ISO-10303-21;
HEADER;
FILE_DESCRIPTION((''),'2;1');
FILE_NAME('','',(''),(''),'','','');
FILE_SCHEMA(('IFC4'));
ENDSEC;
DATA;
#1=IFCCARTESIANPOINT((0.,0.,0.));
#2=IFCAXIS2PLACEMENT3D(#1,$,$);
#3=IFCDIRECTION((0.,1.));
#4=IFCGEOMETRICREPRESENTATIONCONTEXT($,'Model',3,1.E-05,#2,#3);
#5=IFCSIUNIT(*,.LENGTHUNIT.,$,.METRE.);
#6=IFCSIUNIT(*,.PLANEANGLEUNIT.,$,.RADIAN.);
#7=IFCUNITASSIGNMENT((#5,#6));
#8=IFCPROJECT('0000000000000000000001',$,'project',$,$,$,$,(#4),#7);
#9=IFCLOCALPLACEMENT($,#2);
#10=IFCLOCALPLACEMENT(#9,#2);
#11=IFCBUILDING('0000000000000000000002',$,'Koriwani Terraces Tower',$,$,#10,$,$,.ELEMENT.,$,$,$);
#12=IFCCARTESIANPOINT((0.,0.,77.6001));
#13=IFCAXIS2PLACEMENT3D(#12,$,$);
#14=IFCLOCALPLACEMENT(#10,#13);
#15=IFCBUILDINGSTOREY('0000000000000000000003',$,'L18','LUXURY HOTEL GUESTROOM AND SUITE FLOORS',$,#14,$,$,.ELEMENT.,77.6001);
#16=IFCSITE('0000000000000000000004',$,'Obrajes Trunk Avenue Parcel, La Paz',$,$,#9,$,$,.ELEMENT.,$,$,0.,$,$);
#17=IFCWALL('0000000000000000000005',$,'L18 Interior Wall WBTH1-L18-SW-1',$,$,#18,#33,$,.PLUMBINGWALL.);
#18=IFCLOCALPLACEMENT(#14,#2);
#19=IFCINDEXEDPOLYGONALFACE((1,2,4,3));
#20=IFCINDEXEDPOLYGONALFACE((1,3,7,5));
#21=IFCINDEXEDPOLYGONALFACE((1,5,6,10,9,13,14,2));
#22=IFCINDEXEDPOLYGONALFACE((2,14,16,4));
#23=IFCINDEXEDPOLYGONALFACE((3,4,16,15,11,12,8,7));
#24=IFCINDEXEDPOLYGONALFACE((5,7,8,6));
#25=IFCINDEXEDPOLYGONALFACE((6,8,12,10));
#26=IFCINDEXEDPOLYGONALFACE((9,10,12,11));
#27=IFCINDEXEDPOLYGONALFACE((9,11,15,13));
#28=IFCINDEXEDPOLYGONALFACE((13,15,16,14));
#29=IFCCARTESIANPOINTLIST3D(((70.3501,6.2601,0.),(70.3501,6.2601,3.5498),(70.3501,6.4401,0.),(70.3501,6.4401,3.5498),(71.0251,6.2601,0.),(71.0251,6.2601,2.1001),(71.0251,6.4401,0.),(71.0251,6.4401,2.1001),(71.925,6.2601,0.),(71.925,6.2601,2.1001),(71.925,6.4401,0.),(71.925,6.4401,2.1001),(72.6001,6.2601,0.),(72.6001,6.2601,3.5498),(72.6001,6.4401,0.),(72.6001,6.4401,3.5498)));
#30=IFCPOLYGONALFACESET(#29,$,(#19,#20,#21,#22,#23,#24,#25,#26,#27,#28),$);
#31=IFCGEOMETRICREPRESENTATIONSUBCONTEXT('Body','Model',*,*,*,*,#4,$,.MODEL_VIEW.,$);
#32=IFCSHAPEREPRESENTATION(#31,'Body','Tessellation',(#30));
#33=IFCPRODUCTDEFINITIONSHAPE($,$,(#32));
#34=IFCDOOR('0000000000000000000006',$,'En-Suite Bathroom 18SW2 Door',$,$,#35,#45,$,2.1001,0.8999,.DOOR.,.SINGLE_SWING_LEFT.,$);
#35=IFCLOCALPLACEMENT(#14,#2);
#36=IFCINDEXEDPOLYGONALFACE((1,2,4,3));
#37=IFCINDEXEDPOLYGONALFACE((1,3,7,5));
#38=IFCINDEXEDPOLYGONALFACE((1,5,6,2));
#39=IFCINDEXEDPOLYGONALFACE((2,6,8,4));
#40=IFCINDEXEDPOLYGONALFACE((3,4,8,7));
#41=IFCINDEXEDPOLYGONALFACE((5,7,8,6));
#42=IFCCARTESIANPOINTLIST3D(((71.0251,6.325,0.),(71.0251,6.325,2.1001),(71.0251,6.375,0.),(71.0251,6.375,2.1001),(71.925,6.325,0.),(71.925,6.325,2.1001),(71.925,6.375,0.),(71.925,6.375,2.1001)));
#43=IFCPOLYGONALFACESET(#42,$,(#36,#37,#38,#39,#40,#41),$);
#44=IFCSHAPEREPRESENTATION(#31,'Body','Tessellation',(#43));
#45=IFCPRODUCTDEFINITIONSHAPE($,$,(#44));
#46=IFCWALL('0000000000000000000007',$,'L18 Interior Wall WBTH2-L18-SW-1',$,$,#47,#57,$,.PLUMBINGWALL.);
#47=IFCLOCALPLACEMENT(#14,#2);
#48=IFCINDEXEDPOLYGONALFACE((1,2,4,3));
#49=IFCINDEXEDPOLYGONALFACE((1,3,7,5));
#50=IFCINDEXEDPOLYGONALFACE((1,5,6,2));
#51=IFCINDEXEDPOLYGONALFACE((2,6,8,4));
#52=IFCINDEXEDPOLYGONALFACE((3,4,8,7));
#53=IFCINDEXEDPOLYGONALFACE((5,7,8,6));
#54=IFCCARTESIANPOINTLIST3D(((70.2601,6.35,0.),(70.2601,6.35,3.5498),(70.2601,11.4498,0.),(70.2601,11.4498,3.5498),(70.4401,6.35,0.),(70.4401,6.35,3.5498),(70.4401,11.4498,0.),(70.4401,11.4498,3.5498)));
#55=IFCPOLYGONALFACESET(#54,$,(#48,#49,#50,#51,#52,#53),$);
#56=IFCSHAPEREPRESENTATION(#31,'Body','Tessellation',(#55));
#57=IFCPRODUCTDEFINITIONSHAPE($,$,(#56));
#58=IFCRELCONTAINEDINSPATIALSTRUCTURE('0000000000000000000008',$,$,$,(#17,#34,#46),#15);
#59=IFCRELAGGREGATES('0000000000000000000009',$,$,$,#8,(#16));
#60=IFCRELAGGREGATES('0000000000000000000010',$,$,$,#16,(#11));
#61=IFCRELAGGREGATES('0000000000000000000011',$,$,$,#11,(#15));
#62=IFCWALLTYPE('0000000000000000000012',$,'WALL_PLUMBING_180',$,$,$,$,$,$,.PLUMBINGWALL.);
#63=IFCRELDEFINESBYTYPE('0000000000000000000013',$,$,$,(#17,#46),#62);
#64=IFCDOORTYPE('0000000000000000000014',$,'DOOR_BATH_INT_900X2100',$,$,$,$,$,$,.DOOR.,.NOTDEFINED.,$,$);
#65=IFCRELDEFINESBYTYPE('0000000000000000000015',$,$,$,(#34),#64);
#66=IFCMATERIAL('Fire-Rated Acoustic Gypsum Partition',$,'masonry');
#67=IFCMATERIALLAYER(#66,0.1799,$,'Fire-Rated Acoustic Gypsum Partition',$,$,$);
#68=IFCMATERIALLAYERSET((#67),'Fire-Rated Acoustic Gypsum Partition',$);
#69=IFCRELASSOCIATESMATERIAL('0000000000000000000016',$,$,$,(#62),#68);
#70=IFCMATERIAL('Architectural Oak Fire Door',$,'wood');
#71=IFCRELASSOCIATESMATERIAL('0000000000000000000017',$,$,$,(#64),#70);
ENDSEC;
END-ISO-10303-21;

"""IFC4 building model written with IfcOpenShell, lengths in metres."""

from ifc_helpers import new_model, si_unit, direction, frame, frame_2d, origin, place, context, subcontext, project, spatial, rectangle, extrude, material, layer, layer_set, type_object, element, fill, save


model = new_model("IFC4")

# Units and contexts
model_context = context("Model", 3, precision=1e-05, world=origin(), true_north=direction((0.0, 1.0)))
body_context = subcontext(model_context, "Body", "Model", "MODEL_VIEW")
ifc_project = project(units=[si_unit("LENGTHUNIT", "METRE"), si_unit("PLANEANGLEUNIT", "RADIAN")], contexts=[model_context])

# Site, building, storey
site_placement = place(None, origin())
site = spatial("IfcSite", under=ifc_project, at=site_placement, Name="Obrajes Trunk Avenue Parcel, La Paz", CompositionType="ELEMENT", RefElevation=0.0)
building_placement = place(site_placement, origin())
building = spatial("IfcBuilding", under=site, at=building_placement, Name="Koriwani Terraces Tower", CompositionType="ELEMENT")
storey_placement = place(building_placement, frame((0.0, 0.0, 77.6001)))
storey = spatial("IfcBuildingStorey", under=building, at=storey_placement, Name="L18", Description="LUXURY HOTEL GUESTROOM AND SUITE FLOORS", CompositionType="ELEMENT", Elevation=77.6001)

# Wall, opening, door
ifc_material_1 = material(Name="Fire-Rated Acoustic Gypsum Partition", Category="masonry")
ifc_layer_1 = layer(ifc_material_1, 0.1799, Name="Fire-Rated Acoustic Gypsum Partition")
ifc_layer_set_1 = layer_set([ifc_layer_1], Name="Fire-Rated Acoustic Gypsum Partition")
wall_type_1 = type_object("IfcWallType", Name="WALL_PLUMBING_180", PredefinedType="PLUMBINGWALL", material=ifc_layer_set_1)
wall_1_placement = place(storey_placement, frame((70.3501, 6.3501, 0.0), z_axis=(0.0, 0.0, 1.0), x_axis=(1.0, 0.0, 0.0)))
wall_1 = element("IfcWall", 1, at=wall_1_placement, inside=storey, type_object=wall_type_1, Name="L18 Interior Wall WBTH1-L18-SW-1", PredefinedType="PLUMBINGWALL", context=body_context, shape_type="SweptSolid", body=[
    extrude(rectangle(XDim=2.25, YDim=0.1799, at=frame_2d((1.125, 0.0))), origin(), (0.0, 0.0, 1.0), 3.5498),
])
opening_placement = place(wall_1_placement, frame((0.675, 0.0, 0.0)))
opening = element("IfcOpeningElement", 2, at=opening_placement, cuts=wall_1, PredefinedType="OPENING", context=body_context, shape_type="SweptSolid", body=[
    extrude(rectangle(XDim=0.8999, YDim=2.1001, at=frame_2d((0.45, 1.05))), frame((0.0, 0.1001, 0.0), z_axis=(0.0, -1.0, 0.0), x_axis=(1.0, 0.0, 0.0)), (0.0, 0.0, 1.0), 0.2),
])
ifc_material_2 = material(Name="Architectural Oak Fire Door", Category="wood")
door_type = type_object("IfcDoorType", Name="DOOR_BATH_INT_900X2100", OperationType="NOTDEFINED", PredefinedType="DOOR", material=ifc_material_2)
door_placement = place(opening_placement, origin())
door = element("IfcDoor", 3, at=door_placement, inside=storey, type_object=door_type, Name="En-Suite Bathroom 18SW2 Door", OperationType="SINGLE_SWING_LEFT", OverallHeight=2.1001, OverallWidth=0.8999, PredefinedType="DOOR", context=body_context, shape_type="SweptSolid", body=[
    extrude(rectangle(XDim=0.8999, YDim=2.1001, at=frame_2d((0.45, 1.05))), frame((0.0, 0.0249, 0.0), z_axis=(0.0, -1.0, 0.0), x_axis=(1.0, 0.0, 0.0)), (0.0, 0.0, 1.0), 0.05),
])
fill(opening, door)

# Wall
wall_2_placement = place(storey_placement, frame((70.3501, 6.3501, 0.0), z_axis=(0.0, 0.0, 1.0), x_axis=(0.0, 1.0, 0.0)))
element("IfcWall", 4, at=wall_2_placement, inside=storey, type_object=wall_type_1, Name="L18 Interior Wall WBTH2-L18-SW-1", PredefinedType="PLUMBINGWALL", context=body_context, shape_type="SweptSolid", body=[
    extrude(rectangle(XDim=5.0999, YDim=0.1799, at=frame_2d((2.5498, 0.0))), origin(), (0.0, 0.0, 1.0), 3.5498),
])

save(model, "model.ifc")
